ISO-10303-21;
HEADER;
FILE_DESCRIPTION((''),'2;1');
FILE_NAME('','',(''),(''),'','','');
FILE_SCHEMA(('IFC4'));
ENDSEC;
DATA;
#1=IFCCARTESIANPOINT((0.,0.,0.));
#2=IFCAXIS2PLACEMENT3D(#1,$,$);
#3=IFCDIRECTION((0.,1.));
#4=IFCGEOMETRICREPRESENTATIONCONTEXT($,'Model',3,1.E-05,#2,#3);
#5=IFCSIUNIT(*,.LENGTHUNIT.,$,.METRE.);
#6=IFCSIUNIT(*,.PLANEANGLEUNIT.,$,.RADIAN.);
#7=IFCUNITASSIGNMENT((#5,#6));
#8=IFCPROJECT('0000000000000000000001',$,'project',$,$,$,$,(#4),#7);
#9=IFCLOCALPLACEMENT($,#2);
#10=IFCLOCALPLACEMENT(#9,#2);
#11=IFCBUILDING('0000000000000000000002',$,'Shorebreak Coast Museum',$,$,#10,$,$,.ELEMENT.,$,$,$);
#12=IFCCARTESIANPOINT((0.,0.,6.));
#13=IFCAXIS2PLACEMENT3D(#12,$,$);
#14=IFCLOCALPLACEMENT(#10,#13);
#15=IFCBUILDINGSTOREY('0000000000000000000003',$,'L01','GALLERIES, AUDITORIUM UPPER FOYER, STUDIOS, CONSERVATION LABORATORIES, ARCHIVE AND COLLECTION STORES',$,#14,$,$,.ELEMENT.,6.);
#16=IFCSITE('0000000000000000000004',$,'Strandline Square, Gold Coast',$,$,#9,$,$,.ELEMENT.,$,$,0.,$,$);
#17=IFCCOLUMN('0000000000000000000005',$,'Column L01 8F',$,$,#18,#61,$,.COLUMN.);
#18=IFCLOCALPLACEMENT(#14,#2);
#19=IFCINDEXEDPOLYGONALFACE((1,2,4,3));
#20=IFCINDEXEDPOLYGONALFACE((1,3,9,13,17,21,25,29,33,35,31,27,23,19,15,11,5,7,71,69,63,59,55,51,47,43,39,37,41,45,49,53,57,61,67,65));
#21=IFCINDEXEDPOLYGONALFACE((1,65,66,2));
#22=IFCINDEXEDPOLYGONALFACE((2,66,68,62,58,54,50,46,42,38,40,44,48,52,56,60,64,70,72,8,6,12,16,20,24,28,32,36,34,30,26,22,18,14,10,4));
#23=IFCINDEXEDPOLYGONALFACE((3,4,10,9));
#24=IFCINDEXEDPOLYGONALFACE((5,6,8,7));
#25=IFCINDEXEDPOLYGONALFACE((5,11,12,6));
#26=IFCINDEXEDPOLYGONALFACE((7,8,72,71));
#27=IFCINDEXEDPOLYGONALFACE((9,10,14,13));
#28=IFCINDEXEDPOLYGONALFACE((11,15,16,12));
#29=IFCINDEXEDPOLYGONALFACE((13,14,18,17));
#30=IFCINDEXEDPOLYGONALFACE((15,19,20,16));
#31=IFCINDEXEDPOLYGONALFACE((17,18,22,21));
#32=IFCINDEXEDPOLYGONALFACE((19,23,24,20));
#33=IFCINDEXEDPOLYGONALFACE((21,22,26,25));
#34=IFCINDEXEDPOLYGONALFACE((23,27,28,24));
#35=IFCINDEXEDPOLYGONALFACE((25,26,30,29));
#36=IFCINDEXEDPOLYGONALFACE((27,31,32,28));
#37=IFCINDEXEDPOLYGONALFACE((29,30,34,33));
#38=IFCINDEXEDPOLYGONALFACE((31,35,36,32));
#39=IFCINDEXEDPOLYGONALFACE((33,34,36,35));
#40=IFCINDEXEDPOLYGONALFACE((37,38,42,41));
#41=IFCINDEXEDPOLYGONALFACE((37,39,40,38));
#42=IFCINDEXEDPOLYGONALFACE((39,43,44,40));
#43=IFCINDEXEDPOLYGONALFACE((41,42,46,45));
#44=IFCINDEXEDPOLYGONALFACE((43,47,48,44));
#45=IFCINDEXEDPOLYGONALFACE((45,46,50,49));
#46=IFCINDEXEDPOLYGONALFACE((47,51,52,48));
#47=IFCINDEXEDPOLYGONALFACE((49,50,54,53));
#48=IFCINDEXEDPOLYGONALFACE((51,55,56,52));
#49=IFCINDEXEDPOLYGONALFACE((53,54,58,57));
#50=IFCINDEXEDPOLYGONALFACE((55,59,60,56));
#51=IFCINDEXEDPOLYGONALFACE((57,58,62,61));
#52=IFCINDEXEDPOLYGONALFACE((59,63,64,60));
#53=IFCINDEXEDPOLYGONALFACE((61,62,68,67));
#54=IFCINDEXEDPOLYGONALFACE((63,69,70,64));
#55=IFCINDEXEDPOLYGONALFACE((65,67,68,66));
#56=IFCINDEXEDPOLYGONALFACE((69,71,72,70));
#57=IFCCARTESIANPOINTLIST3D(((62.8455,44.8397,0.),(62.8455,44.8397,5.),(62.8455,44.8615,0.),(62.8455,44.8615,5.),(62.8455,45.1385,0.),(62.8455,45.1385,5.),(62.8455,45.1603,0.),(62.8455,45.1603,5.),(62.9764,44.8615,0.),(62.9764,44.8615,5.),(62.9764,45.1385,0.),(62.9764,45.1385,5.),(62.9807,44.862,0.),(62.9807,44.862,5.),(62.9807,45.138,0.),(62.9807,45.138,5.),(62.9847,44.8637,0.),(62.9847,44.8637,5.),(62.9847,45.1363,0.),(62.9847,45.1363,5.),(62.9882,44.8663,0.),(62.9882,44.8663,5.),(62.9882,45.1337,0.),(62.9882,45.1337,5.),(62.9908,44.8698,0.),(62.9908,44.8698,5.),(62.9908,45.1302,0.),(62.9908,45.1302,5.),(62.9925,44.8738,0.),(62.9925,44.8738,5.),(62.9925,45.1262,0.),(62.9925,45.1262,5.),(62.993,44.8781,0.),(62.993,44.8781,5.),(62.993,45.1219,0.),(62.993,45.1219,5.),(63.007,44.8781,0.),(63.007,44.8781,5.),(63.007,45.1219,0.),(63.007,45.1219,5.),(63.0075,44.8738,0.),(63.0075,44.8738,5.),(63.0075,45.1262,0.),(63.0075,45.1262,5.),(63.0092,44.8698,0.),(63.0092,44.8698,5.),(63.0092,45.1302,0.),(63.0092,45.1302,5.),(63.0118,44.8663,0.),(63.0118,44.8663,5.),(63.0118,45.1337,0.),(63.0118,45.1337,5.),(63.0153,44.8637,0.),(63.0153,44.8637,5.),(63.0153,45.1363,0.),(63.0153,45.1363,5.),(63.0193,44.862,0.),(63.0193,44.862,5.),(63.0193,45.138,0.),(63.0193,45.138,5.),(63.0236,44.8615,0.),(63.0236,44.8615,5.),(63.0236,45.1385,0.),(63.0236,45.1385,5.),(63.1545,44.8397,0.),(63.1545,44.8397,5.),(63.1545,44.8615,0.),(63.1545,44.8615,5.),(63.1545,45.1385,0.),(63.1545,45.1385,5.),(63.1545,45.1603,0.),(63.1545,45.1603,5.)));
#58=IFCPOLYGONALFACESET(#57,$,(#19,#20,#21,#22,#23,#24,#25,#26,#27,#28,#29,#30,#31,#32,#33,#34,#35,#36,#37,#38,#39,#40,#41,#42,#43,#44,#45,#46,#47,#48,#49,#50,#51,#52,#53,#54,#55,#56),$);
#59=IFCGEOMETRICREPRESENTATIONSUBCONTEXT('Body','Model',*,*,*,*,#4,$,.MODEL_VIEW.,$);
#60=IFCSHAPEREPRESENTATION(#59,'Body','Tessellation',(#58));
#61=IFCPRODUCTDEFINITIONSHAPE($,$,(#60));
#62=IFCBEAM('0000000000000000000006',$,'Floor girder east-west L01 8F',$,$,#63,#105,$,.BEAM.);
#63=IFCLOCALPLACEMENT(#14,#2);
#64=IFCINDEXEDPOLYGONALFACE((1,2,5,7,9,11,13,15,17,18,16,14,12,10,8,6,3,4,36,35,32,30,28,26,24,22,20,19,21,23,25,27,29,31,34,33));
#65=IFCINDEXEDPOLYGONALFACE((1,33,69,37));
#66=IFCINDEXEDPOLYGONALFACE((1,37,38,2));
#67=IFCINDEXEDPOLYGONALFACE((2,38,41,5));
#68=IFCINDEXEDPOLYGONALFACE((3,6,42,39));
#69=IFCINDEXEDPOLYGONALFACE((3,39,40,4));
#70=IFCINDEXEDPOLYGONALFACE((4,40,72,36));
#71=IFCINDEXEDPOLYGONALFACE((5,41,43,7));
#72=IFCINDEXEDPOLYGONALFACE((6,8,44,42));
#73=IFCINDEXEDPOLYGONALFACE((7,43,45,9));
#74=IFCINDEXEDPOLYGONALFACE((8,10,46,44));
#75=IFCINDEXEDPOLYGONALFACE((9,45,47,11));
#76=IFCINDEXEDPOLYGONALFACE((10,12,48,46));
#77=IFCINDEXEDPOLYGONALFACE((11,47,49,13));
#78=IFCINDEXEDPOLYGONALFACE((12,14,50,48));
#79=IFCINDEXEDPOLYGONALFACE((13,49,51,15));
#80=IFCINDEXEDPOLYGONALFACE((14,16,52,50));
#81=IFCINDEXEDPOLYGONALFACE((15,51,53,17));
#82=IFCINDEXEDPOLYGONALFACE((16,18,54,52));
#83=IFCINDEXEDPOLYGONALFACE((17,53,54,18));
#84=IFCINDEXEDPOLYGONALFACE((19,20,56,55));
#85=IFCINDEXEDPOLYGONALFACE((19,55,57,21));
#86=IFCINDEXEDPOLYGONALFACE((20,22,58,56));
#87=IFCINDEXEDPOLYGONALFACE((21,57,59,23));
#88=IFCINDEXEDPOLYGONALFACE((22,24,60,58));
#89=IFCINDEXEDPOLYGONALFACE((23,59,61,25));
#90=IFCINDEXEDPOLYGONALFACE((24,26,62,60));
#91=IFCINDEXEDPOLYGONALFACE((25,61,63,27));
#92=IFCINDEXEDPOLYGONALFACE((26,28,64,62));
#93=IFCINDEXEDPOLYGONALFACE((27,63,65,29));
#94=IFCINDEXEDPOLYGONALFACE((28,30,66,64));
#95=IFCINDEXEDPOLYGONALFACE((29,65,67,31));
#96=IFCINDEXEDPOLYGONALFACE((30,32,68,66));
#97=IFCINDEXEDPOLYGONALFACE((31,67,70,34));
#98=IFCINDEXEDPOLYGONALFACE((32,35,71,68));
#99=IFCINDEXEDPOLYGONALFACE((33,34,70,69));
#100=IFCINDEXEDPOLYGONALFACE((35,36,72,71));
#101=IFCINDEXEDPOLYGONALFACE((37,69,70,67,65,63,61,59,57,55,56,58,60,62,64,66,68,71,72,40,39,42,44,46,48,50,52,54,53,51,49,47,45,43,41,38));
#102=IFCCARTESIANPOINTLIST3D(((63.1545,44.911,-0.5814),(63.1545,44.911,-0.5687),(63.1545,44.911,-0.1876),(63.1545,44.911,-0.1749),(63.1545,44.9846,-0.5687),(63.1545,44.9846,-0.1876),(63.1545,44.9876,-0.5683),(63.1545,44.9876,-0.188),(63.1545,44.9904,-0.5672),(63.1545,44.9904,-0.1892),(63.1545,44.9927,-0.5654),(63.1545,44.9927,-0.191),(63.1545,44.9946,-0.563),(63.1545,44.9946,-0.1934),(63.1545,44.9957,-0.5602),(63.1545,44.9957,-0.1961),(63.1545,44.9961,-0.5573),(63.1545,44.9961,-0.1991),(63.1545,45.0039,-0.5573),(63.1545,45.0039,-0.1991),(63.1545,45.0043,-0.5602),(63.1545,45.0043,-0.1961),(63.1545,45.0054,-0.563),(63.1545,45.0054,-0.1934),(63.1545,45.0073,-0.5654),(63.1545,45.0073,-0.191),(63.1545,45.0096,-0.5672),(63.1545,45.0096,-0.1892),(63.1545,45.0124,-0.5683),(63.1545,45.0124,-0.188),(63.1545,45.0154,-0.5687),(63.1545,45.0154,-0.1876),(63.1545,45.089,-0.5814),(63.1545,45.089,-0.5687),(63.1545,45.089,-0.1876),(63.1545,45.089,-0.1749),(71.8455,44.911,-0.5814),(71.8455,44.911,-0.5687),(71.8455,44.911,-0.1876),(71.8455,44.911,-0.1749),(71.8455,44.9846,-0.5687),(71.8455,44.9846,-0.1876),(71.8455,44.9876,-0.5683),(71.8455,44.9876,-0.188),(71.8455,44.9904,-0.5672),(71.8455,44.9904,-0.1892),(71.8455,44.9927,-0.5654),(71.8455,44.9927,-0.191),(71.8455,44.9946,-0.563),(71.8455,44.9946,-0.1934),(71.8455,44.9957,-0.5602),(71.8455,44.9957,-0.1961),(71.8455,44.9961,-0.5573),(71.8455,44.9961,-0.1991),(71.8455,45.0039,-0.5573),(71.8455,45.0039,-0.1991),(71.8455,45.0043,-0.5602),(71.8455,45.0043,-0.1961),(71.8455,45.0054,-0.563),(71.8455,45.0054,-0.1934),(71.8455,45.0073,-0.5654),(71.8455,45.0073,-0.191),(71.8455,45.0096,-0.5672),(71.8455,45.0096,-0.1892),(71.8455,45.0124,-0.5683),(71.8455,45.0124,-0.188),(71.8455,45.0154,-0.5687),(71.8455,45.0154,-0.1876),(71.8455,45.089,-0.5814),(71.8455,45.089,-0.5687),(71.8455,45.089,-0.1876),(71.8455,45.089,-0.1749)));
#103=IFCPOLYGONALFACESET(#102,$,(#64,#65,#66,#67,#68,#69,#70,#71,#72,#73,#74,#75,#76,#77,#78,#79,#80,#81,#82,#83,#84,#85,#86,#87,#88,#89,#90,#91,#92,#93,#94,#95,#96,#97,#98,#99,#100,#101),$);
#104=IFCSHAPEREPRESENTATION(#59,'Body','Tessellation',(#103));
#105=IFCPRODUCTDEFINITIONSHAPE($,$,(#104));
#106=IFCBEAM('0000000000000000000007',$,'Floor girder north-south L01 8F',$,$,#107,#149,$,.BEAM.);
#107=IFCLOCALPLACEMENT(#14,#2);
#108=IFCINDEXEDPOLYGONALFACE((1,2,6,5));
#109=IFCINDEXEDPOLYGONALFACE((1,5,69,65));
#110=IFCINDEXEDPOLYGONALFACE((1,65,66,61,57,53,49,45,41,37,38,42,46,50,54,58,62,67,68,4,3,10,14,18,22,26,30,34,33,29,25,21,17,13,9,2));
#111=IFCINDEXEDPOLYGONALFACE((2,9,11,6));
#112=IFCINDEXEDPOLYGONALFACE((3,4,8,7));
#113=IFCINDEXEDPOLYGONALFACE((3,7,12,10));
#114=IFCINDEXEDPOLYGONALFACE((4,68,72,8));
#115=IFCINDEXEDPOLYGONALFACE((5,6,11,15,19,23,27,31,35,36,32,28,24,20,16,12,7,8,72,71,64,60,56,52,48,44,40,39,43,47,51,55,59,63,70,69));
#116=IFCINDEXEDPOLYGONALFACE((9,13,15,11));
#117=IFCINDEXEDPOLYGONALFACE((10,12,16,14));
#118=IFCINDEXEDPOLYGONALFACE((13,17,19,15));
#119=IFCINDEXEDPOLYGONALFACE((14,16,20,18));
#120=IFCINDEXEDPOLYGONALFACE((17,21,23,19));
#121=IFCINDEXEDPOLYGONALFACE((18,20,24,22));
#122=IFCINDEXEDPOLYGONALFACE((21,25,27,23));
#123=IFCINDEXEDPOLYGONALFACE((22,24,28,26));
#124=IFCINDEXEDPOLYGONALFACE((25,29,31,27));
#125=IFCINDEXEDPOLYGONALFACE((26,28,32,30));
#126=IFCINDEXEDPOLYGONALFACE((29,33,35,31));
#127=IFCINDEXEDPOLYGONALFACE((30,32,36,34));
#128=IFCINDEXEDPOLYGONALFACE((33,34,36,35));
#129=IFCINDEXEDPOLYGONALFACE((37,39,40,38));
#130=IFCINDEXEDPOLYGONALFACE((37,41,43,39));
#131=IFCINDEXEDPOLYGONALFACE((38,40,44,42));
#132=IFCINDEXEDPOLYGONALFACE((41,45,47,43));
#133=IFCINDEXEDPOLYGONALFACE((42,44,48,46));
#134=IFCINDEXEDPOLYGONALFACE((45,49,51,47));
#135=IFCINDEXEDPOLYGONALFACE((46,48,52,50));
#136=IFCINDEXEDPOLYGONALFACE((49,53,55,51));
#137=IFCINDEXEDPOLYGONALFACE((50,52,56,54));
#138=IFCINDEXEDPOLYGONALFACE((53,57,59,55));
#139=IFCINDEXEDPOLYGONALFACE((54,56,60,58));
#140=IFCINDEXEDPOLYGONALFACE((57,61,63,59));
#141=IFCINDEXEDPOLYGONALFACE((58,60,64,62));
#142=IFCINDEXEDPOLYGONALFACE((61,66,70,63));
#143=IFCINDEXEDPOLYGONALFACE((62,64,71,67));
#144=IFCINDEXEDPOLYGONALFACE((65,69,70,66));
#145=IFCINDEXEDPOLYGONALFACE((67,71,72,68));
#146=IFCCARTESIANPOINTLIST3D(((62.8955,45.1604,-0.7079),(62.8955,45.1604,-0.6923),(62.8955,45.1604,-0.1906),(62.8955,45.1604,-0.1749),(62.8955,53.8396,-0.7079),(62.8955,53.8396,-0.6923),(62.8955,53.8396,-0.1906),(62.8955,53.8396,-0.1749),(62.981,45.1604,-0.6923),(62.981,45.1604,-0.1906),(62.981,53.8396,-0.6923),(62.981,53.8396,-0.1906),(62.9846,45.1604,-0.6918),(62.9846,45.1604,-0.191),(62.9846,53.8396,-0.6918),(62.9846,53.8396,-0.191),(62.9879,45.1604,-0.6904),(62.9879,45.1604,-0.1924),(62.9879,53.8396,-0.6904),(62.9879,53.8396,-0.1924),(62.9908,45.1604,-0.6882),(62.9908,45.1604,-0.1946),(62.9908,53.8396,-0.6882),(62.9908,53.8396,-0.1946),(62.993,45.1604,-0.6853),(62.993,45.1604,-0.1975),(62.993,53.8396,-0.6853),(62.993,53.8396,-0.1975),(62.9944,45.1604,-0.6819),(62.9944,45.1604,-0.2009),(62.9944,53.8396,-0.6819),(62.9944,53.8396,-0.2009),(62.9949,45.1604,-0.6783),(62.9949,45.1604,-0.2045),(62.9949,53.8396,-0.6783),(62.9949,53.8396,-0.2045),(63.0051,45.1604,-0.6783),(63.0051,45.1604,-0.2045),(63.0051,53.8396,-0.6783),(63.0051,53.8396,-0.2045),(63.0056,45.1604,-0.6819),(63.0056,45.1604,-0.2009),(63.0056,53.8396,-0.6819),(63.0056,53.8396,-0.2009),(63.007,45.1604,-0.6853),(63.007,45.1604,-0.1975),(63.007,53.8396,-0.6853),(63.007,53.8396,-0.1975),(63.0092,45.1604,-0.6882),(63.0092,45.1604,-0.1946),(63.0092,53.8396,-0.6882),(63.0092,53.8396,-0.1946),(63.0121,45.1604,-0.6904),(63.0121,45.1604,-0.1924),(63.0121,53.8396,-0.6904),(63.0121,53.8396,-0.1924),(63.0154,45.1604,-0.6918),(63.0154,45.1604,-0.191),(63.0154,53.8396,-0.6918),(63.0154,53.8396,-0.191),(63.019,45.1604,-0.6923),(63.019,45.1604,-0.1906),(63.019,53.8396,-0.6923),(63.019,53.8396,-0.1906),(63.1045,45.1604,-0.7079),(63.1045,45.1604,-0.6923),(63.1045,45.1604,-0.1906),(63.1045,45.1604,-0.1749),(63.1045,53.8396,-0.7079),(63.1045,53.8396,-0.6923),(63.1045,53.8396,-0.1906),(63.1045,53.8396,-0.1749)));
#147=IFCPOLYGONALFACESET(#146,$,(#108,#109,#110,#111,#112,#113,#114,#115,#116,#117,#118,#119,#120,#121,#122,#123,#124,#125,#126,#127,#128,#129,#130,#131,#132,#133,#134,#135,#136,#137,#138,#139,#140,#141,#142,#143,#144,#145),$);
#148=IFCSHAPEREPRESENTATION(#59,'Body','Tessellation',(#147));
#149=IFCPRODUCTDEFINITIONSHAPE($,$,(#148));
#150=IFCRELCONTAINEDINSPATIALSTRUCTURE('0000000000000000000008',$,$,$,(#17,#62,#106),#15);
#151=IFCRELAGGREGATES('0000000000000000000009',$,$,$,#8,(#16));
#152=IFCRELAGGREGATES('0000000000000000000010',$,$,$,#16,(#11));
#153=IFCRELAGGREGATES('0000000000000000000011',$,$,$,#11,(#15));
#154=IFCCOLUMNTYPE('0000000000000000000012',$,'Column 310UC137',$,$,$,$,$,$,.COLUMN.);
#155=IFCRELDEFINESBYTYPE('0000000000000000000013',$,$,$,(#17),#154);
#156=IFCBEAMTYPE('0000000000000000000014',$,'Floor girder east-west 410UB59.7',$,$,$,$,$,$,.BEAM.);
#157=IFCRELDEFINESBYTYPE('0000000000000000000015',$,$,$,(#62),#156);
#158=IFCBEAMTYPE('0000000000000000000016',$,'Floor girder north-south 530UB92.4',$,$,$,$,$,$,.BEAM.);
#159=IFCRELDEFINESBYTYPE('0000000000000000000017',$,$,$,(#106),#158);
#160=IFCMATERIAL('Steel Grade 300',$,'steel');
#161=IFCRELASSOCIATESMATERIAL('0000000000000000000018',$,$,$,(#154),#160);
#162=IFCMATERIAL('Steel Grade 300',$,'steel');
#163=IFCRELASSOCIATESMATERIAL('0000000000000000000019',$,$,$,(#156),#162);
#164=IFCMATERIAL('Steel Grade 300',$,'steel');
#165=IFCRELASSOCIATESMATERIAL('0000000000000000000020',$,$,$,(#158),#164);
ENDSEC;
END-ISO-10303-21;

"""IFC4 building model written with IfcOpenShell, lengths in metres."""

from ifc_helpers import new_model, si_unit, direction, frame, origin, origin_2d, place, context, subcontext, project, spatial, i_section, extrude, material, material_profile, profile_set, type_object, element, save


model = new_model("IFC4")

# Units and contexts
model_context = context("Model", 3, precision=1e-05, world=origin(), true_north=direction((0.0, 1.0)))
body_context = subcontext(model_context, "Body", "Model", "MODEL_VIEW")
ifc_project = project(units=[si_unit("LENGTHUNIT", "METRE"), si_unit("PLANEANGLEUNIT", "RADIAN")], contexts=[model_context])

# Site, building, storey
site_placement = place(None, origin())
site = spatial("IfcSite", under=ifc_project, at=site_placement, Name="Strandline Square, Gold Coast", CompositionType="ELEMENT", RefElevation=0.0)
building_placement = place(site_placement, origin())
building = spatial("IfcBuilding", under=site, at=building_placement, Name="Shorebreak Coast Museum", CompositionType="ELEMENT")
storey_placement = place(building_placement, frame((0.0, 0.0, 6.0)))
storey = spatial("IfcBuildingStorey", under=building, at=storey_placement, Name="L01", Description="GALLERIES, AUDITORIUM UPPER FOYER, STUDIOS, CONSERVATION LABORATORIES, ARCHIVE AND COLLECTION STORES", CompositionType="ELEMENT", Elevation=6.0)

# Column
ifc_material_1 = material(Name="Steel Grade 300", Category="steel")
ifc_material_profile_1 = material_profile(ifc_material_1, i_section(OverallWidth=0.3091, OverallDepth=0.3206, WebThickness=0.0139, FlangeThickness=0.0217, FilletRadius=0.0166, at=origin_2d()), Name="310UC137")
ifc_profile_set_1 = profile_set([ifc_material_profile_1], Name="Steel Grade 300")
column_type = type_object("IfcColumnType", Name="Column 310UC137", PredefinedType="COLUMN", material=ifc_profile_set_1)
column_placement = place(storey_placement, frame((63.0, 45.0, 0.0), z_axis=(0.0, 0.0, 1.0), x_axis=(1.0, 0.0, 0.0)))
element("IfcColumn", 1, at=column_placement, inside=storey, type_object=column_type, Name="Column L01 8F", PredefinedType="COLUMN", context=body_context, shape_type="SweptSolid", body=[
    extrude(i_section(OverallWidth=0.3091, OverallDepth=0.3206, WebThickness=0.0139, FlangeThickness=0.0217, FilletRadius=0.0166, at=origin_2d()), origin(), (0.0, 0.0, 1.0), 5.0),
])

# Beams
ifc_material_2 = material(Name="Steel Grade 300", Category="steel")
ifc_material_profile_2 = material_profile(ifc_material_2, i_section(OverallWidth=0.178, OverallDepth=0.4065, WebThickness=0.0078, FlangeThickness=0.0127, FilletRadius=0.0115, at=origin_2d()), Name="410UB59.7")
ifc_profile_set_2 = profile_set([ifc_material_profile_2], Name="Steel Grade 300")
beam_type_1 = type_object("IfcBeamType", Name="Floor girder east-west 410UB59.7", PredefinedType="BEAM", material=ifc_profile_set_2)
beam_1_placement = place(storey_placement, frame((63.1545, 45.0, -0.3782), z_axis=(1.0, 0.0, 0.0), x_axis=(0.0, 1.0, 0.0)))
element("IfcBeam", 2, at=beam_1_placement, inside=storey, type_object=beam_type_1, Name="Floor girder east-west L01 8F", PredefinedType="BEAM", context=body_context, shape_type="SweptSolid", body=[
    extrude(i_section(OverallWidth=0.178, OverallDepth=0.4065, WebThickness=0.0078, FlangeThickness=0.0127, FilletRadius=0.0115, at=origin_2d()), origin(), (0.0, 0.0, 1.0), 8.6909),
])
ifc_material_3 = material(Name="Steel Grade 300", Category="steel")
ifc_material_profile_3 = material_profile(ifc_material_3, i_section(OverallWidth=0.209, OverallDepth=0.533, WebThickness=0.0103, FlangeThickness=0.0156, FilletRadius=0.0139, at=origin_2d()), Name="530UB92.4")
ifc_profile_set_3 = profile_set([ifc_material_profile_3], Name="Steel Grade 300")
beam_type_2 = type_object("IfcBeamType", Name="Floor girder north-south 530UB92.4", PredefinedType="BEAM", material=ifc_profile_set_3)
beam_2_placement = place(storey_placement, frame((63.0, 45.1604, -0.4414), z_axis=(0.0, 1.0, 0.0), x_axis=(-1.0, 0.0, 0.0)))
element("IfcBeam", 3, at=beam_2_placement, inside=storey, type_object=beam_type_2, Name="Floor girder north-south L01 8F", PredefinedType="BEAM", context=body_context, shape_type="SweptSolid", body=[
    extrude(i_section(OverallWidth=0.209, OverallDepth=0.533, WebThickness=0.0103, FlangeThickness=0.0156, FilletRadius=0.0139, at=origin_2d()), origin(), (0.0, 0.0, 1.0), 8.6792),
])

save(model, "model.ifc")
